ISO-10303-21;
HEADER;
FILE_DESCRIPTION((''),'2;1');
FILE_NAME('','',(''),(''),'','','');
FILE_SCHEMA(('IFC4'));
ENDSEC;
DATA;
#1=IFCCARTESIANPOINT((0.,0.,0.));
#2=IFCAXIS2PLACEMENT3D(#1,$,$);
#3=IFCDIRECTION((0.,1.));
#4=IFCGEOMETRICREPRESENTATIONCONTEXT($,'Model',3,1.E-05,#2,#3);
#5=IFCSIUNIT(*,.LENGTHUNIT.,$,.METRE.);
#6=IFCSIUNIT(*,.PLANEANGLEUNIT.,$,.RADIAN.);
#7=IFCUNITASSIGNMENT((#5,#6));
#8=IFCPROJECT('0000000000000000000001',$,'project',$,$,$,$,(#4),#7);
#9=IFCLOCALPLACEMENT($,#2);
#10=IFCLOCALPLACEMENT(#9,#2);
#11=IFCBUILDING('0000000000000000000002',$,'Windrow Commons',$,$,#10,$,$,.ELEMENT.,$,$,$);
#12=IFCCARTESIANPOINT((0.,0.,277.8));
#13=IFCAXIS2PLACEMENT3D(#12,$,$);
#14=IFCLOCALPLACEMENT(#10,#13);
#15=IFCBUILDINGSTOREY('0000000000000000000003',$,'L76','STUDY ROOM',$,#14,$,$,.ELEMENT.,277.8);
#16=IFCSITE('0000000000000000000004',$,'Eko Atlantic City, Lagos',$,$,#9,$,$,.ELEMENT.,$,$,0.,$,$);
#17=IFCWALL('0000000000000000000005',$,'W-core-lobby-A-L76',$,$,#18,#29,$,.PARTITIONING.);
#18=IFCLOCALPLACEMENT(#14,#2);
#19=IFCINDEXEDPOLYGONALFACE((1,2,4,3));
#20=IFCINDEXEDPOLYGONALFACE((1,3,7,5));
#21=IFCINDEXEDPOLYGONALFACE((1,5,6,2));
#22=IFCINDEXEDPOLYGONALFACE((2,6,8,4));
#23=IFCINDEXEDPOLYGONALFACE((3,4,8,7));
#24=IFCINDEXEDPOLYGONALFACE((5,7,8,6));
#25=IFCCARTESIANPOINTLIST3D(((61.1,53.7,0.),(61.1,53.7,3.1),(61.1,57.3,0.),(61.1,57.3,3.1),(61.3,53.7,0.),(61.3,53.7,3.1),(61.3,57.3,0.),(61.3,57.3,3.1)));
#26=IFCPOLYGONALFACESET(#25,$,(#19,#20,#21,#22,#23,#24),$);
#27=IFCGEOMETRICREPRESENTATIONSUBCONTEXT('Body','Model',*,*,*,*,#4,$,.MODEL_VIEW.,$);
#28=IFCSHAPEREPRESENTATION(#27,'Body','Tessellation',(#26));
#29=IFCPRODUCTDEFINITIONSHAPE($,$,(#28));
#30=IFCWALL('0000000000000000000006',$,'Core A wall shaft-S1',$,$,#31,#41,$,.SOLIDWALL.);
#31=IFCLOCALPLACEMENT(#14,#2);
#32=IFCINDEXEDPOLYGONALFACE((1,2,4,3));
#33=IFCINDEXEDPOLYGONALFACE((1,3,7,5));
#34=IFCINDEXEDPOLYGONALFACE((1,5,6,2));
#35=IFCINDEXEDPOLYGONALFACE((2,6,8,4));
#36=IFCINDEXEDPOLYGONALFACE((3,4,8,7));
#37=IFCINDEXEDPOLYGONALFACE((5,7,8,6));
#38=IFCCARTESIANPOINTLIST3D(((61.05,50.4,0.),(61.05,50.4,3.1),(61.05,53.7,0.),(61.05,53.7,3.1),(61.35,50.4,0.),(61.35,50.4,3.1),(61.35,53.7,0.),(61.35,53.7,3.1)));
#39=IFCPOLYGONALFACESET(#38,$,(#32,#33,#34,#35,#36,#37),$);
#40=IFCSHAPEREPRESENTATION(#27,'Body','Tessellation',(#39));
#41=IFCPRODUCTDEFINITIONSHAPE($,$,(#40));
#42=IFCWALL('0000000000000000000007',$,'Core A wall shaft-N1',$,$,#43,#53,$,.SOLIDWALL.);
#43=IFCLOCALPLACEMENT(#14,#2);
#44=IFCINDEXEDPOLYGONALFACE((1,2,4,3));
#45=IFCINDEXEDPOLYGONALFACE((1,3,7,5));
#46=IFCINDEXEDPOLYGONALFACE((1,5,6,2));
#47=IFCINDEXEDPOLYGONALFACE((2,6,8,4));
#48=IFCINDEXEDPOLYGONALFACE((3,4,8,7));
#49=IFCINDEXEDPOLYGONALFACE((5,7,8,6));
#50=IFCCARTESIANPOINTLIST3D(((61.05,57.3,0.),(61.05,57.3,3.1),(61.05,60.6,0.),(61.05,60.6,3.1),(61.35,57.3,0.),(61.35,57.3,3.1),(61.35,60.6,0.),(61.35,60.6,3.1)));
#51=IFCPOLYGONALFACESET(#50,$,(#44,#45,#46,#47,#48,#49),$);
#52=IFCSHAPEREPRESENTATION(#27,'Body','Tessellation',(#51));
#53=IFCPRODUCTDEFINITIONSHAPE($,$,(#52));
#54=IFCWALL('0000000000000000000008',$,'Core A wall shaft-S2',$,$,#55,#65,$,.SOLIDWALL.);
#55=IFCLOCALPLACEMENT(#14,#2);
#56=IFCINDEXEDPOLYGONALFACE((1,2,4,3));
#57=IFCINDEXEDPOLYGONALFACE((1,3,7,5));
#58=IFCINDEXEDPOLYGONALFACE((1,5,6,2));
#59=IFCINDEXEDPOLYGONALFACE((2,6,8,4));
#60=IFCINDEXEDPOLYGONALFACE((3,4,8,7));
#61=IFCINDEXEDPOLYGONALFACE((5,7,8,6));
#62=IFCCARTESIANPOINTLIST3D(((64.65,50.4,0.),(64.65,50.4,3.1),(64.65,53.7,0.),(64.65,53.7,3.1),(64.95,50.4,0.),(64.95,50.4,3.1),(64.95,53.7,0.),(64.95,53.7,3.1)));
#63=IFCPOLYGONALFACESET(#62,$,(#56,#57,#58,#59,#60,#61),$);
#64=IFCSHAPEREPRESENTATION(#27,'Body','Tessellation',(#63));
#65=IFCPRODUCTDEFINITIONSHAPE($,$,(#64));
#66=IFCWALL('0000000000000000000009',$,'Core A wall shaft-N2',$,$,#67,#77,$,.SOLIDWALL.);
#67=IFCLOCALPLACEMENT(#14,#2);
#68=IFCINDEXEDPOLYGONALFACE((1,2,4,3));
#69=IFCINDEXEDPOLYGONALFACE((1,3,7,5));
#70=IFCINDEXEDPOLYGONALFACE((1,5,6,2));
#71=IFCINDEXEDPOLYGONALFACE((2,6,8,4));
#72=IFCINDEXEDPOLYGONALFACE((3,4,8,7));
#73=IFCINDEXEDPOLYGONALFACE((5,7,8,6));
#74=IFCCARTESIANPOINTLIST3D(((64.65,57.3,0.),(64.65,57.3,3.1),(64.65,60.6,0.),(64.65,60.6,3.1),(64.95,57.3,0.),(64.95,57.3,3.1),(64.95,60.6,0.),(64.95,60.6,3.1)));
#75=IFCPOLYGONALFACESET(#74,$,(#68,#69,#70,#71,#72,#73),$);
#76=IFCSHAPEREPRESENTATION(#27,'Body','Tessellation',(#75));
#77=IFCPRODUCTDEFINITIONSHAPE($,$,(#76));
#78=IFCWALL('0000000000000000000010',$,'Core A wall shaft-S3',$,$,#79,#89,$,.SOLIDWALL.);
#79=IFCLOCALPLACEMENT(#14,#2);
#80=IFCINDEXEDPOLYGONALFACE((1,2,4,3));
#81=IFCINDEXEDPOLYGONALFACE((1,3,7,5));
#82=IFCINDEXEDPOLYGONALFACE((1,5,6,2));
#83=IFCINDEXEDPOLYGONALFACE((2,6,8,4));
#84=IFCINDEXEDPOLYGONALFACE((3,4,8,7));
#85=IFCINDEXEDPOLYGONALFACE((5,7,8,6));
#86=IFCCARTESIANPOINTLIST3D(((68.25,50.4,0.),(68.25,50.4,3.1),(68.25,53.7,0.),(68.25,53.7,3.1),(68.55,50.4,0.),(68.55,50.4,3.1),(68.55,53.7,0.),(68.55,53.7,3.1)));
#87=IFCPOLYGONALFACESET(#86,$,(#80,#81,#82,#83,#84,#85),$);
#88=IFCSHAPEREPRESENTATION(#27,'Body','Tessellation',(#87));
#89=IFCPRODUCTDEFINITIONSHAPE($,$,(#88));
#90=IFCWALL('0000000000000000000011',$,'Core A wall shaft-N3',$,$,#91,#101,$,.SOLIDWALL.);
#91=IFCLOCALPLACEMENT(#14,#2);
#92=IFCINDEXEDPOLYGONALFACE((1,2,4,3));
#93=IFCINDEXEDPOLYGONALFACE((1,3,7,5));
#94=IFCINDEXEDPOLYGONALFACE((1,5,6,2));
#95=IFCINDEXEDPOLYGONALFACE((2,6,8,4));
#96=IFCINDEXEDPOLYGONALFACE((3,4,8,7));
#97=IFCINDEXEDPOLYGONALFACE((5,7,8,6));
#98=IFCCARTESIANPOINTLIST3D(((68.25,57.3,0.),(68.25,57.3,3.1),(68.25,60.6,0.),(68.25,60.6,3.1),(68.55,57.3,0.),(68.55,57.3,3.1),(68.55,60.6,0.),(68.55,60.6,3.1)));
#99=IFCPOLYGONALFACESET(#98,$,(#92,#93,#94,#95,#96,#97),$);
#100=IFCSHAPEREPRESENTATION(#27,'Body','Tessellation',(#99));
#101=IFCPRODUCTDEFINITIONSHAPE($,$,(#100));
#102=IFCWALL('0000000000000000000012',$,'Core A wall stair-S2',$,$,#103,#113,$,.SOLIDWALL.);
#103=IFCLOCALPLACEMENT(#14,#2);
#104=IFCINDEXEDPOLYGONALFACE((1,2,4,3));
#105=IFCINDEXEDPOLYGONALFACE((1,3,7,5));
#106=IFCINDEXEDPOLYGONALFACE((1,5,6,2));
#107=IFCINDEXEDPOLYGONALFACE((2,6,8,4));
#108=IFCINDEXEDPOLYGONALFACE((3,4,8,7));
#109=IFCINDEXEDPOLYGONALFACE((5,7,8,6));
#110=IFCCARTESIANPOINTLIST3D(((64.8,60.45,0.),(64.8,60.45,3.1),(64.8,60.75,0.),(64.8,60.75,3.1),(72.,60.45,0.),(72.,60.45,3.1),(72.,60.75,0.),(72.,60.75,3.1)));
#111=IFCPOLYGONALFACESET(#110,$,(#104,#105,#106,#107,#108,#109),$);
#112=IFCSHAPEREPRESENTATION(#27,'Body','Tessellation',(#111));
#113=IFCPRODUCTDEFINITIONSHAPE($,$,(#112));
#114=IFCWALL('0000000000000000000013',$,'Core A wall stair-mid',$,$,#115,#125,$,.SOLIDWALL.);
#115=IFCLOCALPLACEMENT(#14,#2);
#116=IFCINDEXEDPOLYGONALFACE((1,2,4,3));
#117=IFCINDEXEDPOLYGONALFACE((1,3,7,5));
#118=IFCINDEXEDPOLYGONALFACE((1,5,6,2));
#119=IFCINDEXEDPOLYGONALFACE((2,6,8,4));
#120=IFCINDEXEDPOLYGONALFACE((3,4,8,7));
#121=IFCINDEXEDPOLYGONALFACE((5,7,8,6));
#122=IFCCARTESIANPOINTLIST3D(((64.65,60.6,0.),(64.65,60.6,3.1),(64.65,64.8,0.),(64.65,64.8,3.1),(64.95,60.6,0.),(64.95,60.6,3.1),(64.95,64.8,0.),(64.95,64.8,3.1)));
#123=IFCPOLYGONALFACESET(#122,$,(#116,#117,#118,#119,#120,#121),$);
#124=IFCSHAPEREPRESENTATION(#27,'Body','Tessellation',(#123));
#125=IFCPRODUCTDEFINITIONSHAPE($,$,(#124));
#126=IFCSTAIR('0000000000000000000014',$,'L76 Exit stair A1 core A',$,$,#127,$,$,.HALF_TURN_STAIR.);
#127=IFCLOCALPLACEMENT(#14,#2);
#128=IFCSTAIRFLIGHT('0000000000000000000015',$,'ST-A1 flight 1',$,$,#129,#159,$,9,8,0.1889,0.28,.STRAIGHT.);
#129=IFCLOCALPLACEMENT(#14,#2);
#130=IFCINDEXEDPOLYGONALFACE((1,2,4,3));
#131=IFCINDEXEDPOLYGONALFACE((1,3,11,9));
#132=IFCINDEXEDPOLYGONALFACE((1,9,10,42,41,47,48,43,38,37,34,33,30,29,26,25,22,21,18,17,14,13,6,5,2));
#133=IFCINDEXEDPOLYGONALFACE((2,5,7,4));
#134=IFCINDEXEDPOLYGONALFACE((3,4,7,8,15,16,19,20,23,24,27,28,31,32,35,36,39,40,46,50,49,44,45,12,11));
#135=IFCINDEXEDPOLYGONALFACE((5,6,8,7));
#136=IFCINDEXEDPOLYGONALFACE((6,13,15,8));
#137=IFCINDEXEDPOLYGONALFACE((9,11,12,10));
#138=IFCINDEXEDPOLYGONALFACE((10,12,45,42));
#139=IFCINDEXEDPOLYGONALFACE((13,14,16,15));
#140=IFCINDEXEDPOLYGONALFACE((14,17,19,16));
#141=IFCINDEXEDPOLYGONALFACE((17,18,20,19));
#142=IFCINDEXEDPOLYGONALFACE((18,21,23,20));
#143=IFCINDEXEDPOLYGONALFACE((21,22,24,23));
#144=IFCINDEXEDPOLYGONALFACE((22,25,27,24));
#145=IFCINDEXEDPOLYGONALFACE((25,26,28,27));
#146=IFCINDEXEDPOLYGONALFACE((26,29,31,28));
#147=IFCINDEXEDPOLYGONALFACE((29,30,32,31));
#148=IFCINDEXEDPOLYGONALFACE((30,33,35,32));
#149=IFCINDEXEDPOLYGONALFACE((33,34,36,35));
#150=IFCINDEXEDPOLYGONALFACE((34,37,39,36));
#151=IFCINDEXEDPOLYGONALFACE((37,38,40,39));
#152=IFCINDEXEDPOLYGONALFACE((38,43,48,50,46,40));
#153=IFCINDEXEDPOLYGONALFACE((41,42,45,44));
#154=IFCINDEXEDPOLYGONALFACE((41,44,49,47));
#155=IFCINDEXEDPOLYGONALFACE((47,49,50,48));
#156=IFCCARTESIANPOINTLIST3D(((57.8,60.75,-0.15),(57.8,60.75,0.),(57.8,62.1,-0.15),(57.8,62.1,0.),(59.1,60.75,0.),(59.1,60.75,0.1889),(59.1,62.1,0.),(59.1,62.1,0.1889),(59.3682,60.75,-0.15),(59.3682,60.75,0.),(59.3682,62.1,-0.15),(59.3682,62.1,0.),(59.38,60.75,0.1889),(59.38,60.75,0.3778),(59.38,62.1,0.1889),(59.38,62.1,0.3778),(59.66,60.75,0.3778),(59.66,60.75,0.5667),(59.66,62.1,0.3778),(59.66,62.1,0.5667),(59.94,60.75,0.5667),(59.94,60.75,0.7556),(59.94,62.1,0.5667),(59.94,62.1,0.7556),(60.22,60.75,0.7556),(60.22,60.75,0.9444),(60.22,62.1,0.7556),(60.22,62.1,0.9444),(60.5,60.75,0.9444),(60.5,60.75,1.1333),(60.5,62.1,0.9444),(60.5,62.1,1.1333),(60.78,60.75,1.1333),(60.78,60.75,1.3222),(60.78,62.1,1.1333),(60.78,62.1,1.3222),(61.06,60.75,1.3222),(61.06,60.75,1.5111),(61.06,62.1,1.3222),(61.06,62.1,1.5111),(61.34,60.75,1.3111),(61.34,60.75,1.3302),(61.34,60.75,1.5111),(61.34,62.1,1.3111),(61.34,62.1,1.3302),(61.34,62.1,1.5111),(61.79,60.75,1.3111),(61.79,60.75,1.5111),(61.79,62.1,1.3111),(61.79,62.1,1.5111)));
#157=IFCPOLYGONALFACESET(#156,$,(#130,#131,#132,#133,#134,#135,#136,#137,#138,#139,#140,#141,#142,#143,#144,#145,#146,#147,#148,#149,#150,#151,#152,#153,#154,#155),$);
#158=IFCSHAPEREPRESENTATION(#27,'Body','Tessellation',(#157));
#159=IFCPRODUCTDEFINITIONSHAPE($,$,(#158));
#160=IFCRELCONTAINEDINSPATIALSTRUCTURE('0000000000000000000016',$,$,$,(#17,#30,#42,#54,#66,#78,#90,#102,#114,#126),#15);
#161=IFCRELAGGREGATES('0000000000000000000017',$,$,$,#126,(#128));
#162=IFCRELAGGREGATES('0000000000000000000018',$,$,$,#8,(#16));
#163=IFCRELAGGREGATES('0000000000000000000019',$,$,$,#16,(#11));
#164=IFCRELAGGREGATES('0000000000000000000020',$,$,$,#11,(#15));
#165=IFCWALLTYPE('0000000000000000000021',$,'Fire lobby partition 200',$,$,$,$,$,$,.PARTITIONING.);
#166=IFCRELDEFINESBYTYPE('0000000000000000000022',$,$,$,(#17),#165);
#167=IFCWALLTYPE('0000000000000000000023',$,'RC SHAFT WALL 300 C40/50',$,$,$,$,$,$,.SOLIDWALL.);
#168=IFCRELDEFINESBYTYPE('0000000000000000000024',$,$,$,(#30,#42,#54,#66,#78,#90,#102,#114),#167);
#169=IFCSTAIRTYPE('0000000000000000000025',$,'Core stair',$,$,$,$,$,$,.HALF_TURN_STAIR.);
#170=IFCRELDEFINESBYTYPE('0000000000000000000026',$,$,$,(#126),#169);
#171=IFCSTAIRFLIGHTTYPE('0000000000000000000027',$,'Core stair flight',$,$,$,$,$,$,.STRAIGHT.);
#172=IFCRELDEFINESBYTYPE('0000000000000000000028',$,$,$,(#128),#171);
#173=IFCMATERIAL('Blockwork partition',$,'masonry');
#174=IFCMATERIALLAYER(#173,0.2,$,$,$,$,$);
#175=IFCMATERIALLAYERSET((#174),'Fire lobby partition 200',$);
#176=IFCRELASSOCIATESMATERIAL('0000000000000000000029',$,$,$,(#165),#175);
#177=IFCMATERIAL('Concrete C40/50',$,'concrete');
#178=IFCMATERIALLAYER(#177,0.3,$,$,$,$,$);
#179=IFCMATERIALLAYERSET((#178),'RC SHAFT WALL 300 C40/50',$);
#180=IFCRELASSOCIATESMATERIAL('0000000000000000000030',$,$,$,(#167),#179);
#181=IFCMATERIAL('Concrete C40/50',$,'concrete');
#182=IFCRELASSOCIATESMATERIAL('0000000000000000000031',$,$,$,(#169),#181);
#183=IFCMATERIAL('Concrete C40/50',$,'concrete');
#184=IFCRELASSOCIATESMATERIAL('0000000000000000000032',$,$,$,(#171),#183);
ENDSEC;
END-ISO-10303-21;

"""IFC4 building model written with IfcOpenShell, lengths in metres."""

from ifc_helpers import new_model, si_unit, direction, frame, frame_2d, origin, place, context, subcontext, project, spatial, polyline, rectangle, outline, extrude, material, layer, layer_set, type_object, element, aggregate, save


model = new_model("IFC4")

# Units and contexts
model_context = context("Model", 3, precision=1e-05, world=origin(), true_north=direction((0.0, 1.0)))
body_context = subcontext(model_context, "Body", "Model", "MODEL_VIEW")
ifc_project = project(units=[si_unit("LENGTHUNIT", "METRE"), si_unit("PLANEANGLEUNIT", "RADIAN")], contexts=[model_context])

# Site, building, storey
site_placement = place(None, origin())
site = spatial("IfcSite", under=ifc_project, at=site_placement, Name="Eko Atlantic City, Lagos", CompositionType="ELEMENT", RefElevation=0.0)
building_placement = place(site_placement, origin())
building = spatial("IfcBuilding", under=site, at=building_placement, Name="Windrow Commons", CompositionType="ELEMENT")
storey_placement = place(building_placement, frame((0.0, 0.0, 277.8)))
storey = spatial("IfcBuildingStorey", under=building, at=storey_placement, Name="L76", Description="STUDY ROOM", CompositionType="ELEMENT", Elevation=277.8)

# Walls
ifc_material_1 = material(Name="Blockwork partition", Category="masonry")
ifc_layer_1 = layer(ifc_material_1, 0.2)
ifc_layer_set_1 = layer_set([ifc_layer_1], Name="Fire lobby partition 200")
wall_type_1 = type_object("IfcWallType", Name="Fire lobby partition 200", PredefinedType="PARTITIONING", material=ifc_layer_set_1)
wall_1_placement = place(storey_placement, frame((61.2, 53.7, 0.0), z_axis=(0.0, 0.0, 1.0), x_axis=(0.0, 1.0, 0.0)))
element("IfcWall", 1, at=wall_1_placement, inside=storey, type_object=wall_type_1, Name="W-core-lobby-A-L76", PredefinedType="PARTITIONING", context=body_context, shape_type="SweptSolid", body=[
    extrude(rectangle(XDim=3.6, YDim=0.2, at=frame_2d((1.8, 0.0))), origin(), (0.0, 0.0, 1.0), 3.1),
])
ifc_material_2 = material(Name="Concrete C40/50", Category="concrete")
ifc_layer_2 = layer(ifc_material_2, 0.3)
ifc_layer_set_2 = layer_set([ifc_layer_2], Name="RC SHAFT WALL 300 C40/50")
wall_type_2 = type_object("IfcWallType", Name="RC SHAFT WALL 300 C40/50", PredefinedType="SOLIDWALL", material=ifc_layer_set_2)
for number, where, z_axis, x_axis, name in (
    (2, (61.2, 50.4, 0.0), (0.0, 0.0, 1.0), (0.0, 1.0, 0.0), "Core A wall shaft-S1"),
    (3, (61.2, 57.3, 0.0), (0.0, 0.0, 1.0), (0.0, 1.0, 0.0), "Core A wall shaft-N1"),
    (4, (64.8, 50.4, 0.0), (0.0, 0.0, 1.0), (0.0, 1.0, 0.0), "Core A wall shaft-S2"),
    (5, (64.8, 57.3, 0.0), (0.0, 0.0, 1.0), (0.0, 1.0, 0.0), "Core A wall shaft-N2"),
    (6, (68.4, 50.4, 0.0), (0.0, 0.0, 1.0), (0.0, 1.0, 0.0), "Core A wall shaft-S3"),
    (7, (68.4, 57.3, 0.0), (0.0, 0.0, 1.0), (0.0, 1.0, 0.0), "Core A wall shaft-N3"),
):
    element("IfcWall", number, at=place(storey_placement, frame(where, z_axis=z_axis, x_axis=x_axis)), inside=storey, type_object=wall_type_2, Name=name, PredefinedType="SOLIDWALL", context=body_context, shape_type="SweptSolid", body=[
        extrude(rectangle(XDim=3.3, YDim=0.3, at=frame_2d((1.65, 0.0))), origin(), (0.0, 0.0, 1.0), 3.1),
    ])
wall_2_placement = place(storey_placement, frame((64.8, 60.6, 0.0), z_axis=(0.0, 0.0, 1.0), x_axis=(1.0, 0.0, 0.0)))
element("IfcWall", 8, at=wall_2_placement, inside=storey, type_object=wall_type_2, Name="Core A wall stair-S2", PredefinedType="SOLIDWALL", context=body_context, shape_type="SweptSolid", body=[
    extrude(rectangle(XDim=7.2, YDim=0.3, at=frame_2d((3.6, 0.0))), origin(), (0.0, 0.0, 1.0), 3.1),
])
wall_3_placement = place(storey_placement, frame((64.8, 60.6, 0.0), z_axis=(0.0, 0.0, 1.0), x_axis=(0.0, 1.0, 0.0)))
element("IfcWall", 9, at=wall_3_placement, inside=storey, type_object=wall_type_2, Name="Core A wall stair-mid", PredefinedType="SOLIDWALL", context=body_context, shape_type="SweptSolid", body=[
    extrude(rectangle(XDim=4.2, YDim=0.3, at=frame_2d((2.1, 0.0))), origin(), (0.0, 0.0, 1.0), 3.1),
])

# Stair, stair flight
ifc_material_3 = material(Name="Concrete C40/50", Category="concrete")
stair_type = type_object("IfcStairType", Name="Core stair", PredefinedType="HALF_TURN_STAIR", material=ifc_material_3)
stair_placement = place(storey_placement, origin())
stair = element("IfcStair", 10, at=stair_placement, inside=storey, type_object=stair_type, Name="L76 Exit stair A1 core A", PredefinedType="HALF_TURN_STAIR")
ifc_material_4 = material(Name="Concrete C40/50", Category="concrete")
stair_flight_type = type_object("IfcStairFlightType", Name="Core stair flight", PredefinedType="STRAIGHT", material=ifc_material_4)
stair_flight_placement = place(storey_placement, frame((59.1, 61.425, 0.0), z_axis=(0.0, 0.0, 1.0), x_axis=(1.0, 0.0, 0.0)))
stair_flight = element("IfcStairFlight", 11, at=stair_flight_placement, type_object=stair_flight_type, Name="ST-A1 flight 1", NumberOfRisers=9, NumberOfTreads=8, PredefinedType="STRAIGHT", RiserHeight=0.1889, TreadLength=0.28, context=body_context, shape_type="SweptSolid", body=[
    extrude(outline(polyline([(-1.3, -0.15), (-1.3, 0.0), (0.0, 0.0), (0.0, 0.1889), (0.28, 0.1889), (0.28, 0.3778), (0.56, 0.3778), (0.56, 0.5667), (0.84, 0.5667), (0.84, 0.7556), (1.12, 0.7556), (1.12, 0.9444), (1.4, 0.9444), (1.4, 1.1333), (1.68, 1.1333), (1.68, 1.3222), (1.96, 1.3222), (1.96, 1.5111), (2.24, 1.5111), (2.69, 1.5111), (2.69, 1.3111), (2.24, 1.3111), (2.24, 1.3302), (0.2682, 0.0), (0.2682, -0.15), (-1.3, -0.15)])), frame((0.0, 0.675, 0.0), z_axis=(0.0, -1.0, 0.0), x_axis=(1.0, 0.0, 0.0)), (0.0, 0.0, 1.0), 1.35),
])
aggregate(stair, [stair_flight])

save(model, "model.ifc")
